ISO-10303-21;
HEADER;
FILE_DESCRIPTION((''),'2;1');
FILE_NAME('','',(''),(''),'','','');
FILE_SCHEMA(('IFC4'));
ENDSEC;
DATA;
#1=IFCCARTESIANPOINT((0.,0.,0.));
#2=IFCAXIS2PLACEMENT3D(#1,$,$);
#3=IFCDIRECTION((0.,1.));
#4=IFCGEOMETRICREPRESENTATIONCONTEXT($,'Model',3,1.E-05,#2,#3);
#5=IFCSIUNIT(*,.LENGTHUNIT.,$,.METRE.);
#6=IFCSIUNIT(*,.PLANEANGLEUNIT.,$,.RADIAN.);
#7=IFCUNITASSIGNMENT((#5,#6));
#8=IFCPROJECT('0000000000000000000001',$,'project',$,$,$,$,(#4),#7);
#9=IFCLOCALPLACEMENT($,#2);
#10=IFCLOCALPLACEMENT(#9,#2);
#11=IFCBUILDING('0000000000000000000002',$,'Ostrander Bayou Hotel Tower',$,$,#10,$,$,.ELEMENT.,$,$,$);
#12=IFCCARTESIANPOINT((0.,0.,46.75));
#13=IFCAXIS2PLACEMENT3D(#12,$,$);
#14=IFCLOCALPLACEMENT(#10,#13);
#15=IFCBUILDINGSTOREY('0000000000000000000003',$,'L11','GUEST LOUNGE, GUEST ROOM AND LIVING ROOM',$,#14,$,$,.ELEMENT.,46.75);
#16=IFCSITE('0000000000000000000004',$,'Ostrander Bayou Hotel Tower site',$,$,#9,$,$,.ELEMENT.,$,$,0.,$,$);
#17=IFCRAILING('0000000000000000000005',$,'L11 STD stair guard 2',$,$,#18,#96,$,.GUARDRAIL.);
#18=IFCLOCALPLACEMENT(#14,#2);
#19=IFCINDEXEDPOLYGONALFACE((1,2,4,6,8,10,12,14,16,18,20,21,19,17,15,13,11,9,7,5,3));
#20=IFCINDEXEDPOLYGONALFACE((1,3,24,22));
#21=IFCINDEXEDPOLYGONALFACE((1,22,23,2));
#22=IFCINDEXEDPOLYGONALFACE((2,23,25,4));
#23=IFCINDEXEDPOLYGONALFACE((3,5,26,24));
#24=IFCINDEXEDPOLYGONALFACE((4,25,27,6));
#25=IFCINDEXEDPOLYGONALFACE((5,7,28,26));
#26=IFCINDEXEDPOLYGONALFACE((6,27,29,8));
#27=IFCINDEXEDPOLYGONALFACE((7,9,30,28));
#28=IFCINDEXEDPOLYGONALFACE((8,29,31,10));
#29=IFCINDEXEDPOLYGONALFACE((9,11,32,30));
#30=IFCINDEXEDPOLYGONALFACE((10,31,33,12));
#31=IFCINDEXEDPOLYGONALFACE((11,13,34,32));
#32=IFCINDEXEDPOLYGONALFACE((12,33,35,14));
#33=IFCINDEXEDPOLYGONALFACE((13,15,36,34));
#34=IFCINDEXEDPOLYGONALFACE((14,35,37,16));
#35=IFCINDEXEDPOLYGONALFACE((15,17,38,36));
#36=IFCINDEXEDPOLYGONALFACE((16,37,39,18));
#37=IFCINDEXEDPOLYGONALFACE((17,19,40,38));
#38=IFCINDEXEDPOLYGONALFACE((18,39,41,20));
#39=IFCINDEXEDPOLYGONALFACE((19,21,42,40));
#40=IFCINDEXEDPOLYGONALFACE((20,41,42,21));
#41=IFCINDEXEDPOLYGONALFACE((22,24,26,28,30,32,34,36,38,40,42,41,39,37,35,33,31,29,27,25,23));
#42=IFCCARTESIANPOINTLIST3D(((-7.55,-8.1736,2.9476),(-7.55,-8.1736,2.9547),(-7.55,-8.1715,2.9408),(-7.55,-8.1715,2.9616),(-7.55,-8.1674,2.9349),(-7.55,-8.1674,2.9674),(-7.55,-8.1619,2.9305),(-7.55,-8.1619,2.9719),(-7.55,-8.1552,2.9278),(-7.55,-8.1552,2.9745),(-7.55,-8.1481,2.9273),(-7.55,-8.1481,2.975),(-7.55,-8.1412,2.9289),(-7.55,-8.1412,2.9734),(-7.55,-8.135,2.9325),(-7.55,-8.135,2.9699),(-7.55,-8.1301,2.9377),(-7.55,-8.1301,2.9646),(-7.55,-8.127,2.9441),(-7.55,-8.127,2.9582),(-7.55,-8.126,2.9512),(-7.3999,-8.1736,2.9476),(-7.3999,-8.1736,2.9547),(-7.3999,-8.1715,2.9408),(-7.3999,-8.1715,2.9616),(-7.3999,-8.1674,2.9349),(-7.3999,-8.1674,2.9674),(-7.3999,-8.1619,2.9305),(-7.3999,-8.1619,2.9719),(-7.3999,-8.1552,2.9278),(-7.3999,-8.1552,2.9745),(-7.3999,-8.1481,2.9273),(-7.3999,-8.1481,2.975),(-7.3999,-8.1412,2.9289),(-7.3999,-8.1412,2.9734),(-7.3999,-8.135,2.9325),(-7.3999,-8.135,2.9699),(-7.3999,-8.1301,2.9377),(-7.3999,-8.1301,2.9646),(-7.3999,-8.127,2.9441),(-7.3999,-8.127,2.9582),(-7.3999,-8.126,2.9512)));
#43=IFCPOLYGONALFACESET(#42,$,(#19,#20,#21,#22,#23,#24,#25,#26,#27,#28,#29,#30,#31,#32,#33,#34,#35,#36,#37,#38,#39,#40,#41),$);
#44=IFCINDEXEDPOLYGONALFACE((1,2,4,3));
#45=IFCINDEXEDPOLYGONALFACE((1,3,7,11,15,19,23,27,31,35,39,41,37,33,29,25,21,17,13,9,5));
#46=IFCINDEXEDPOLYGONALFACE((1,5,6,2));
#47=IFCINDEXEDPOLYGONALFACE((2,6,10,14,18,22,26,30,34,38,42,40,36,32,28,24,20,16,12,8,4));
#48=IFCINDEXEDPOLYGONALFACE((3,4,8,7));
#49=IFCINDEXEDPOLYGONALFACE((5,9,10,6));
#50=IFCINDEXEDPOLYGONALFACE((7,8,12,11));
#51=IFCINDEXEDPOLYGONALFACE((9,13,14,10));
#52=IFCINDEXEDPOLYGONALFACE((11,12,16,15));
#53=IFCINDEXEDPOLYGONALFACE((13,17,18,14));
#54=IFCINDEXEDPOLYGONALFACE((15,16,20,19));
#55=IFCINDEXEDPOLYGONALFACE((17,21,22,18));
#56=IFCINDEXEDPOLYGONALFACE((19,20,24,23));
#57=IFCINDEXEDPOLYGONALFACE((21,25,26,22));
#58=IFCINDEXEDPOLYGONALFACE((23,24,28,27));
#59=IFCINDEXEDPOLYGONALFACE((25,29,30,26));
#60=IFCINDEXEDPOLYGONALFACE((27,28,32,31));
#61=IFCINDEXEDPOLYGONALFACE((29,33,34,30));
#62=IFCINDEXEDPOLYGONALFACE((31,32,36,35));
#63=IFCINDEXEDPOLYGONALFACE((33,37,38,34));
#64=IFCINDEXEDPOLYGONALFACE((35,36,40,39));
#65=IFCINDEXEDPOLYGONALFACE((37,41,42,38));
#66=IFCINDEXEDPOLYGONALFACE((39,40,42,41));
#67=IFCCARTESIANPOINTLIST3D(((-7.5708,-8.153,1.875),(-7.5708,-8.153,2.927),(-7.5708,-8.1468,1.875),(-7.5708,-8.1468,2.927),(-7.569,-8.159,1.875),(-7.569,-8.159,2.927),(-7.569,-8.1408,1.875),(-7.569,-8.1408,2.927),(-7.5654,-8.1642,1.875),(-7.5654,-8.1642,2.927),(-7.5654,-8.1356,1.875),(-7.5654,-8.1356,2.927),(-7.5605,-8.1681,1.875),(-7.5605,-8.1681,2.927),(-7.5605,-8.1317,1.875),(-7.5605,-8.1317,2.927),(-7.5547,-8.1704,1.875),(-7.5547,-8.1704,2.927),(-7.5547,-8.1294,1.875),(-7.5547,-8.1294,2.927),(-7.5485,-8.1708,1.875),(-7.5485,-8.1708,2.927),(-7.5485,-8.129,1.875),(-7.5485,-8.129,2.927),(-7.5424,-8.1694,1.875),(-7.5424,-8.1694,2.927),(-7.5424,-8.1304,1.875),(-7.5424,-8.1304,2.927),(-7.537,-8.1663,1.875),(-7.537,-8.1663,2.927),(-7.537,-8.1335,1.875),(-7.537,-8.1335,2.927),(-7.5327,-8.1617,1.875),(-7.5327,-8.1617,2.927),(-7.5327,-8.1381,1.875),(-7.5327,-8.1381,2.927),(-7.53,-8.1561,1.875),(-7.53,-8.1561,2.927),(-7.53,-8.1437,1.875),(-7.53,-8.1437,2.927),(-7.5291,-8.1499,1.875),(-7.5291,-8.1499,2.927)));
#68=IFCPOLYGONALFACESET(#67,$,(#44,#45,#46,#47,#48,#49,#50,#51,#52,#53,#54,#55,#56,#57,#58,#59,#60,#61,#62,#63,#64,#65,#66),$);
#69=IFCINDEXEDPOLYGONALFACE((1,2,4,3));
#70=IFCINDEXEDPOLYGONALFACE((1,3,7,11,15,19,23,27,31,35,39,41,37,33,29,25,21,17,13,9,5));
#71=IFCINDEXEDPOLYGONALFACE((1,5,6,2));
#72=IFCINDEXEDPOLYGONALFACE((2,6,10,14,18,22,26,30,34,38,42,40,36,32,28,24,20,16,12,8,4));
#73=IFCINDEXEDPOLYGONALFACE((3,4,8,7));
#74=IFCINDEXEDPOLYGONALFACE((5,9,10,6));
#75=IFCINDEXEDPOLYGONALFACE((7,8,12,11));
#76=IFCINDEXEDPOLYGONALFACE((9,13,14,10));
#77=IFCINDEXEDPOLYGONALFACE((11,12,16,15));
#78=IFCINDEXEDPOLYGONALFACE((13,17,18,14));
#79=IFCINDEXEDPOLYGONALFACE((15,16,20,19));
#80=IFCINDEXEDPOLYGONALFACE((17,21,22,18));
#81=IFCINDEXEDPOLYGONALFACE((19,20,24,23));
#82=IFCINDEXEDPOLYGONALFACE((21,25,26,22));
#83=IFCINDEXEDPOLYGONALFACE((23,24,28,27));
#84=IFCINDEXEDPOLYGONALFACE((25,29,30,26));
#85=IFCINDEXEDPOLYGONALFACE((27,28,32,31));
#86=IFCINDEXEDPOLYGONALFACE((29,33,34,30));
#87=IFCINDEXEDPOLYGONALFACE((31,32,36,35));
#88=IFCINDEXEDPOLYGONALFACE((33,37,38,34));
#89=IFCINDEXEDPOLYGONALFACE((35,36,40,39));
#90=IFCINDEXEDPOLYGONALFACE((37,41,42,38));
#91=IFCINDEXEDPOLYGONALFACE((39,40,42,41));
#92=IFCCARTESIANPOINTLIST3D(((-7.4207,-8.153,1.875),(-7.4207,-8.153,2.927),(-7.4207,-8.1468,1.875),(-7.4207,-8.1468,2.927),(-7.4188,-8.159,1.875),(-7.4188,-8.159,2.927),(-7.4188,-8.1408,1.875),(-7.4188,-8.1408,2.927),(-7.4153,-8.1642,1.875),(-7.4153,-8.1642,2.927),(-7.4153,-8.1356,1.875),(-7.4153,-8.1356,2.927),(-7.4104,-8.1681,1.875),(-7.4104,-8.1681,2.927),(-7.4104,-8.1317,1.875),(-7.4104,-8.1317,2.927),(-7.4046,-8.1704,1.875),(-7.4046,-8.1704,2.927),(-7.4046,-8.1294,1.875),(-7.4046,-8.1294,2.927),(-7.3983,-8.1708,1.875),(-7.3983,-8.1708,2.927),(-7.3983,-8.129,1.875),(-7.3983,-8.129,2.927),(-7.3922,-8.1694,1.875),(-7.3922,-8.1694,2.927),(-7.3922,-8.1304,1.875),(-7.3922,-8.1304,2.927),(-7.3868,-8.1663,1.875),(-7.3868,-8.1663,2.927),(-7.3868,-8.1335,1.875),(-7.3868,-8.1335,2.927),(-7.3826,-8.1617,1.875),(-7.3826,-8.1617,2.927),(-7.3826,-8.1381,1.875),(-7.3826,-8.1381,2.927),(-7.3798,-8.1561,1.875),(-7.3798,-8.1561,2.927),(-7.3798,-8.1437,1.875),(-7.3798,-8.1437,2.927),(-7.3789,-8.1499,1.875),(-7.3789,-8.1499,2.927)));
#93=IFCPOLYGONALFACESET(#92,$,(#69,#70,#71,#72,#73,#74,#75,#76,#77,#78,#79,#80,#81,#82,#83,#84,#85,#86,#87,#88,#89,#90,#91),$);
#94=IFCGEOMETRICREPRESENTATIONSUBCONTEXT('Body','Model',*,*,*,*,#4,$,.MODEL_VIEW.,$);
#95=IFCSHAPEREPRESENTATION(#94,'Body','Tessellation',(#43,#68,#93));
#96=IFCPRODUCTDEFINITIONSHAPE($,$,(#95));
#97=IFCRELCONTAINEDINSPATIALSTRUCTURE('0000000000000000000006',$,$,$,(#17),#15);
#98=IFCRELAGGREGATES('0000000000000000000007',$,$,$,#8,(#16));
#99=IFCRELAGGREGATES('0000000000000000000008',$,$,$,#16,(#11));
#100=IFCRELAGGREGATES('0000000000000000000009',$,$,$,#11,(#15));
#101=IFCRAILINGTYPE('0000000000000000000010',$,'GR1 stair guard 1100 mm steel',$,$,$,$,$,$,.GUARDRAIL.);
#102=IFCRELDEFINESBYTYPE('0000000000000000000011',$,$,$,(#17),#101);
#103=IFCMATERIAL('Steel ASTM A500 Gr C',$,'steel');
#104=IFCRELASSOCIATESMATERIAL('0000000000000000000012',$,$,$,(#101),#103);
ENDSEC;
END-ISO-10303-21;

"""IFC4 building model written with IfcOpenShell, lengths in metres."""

from ifc_helpers import new_model, si_unit, direction, frame, origin, origin_2d, place, context, subcontext, project, spatial, circle, extrude, material, type_object, element, save


model = new_model("IFC4")

# Units and contexts
model_context = context("Model", 3, precision=1e-05, world=origin(), true_north=direction((0.0, 1.0)))
body_context = subcontext(model_context, "Body", "Model", "MODEL_VIEW")
ifc_project = project(units=[si_unit("LENGTHUNIT", "METRE"), si_unit("PLANEANGLEUNIT", "RADIAN")], contexts=[model_context])

# Site, building, storey
site_placement = place(None, origin())
site = spatial("IfcSite", under=ifc_project, at=site_placement, Name="Ostrander Bayou Hotel Tower site", CompositionType="ELEMENT", RefElevation=0.0)
building_placement = place(site_placement, origin())
building = spatial("IfcBuilding", under=site, at=building_placement, Name="Ostrander Bayou Hotel Tower", CompositionType="ELEMENT")
storey_placement = place(building_placement, frame((0.0, 0.0, 46.75)))
storey = spatial("IfcBuildingStorey", under=building, at=storey_placement, Name="L11", Description="GUEST LOUNGE, GUEST ROOM AND LIVING ROOM", CompositionType="ELEMENT", Elevation=46.75)

# Railing
ifc_material_1 = material(Name="Steel ASTM A500 Gr C", Category="steel")
railing_type_1 = type_object("IfcRailingType", Name="GR1 stair guard 1100 mm steel", PredefinedType="GUARDRAIL", material=ifc_material_1)
railing_1_placement = place(storey_placement, frame((-7.55, -8.1499, 1.875)))
element("IfcRailing", 1, at=railing_1_placement, inside=storey, type_object=railing_type_1, Name="L11 STD stair guard 2", PredefinedType="GUARDRAIL", context=body_context, shape_type="SweptSolid", body=[
    extrude(circle(Radius=0.0239, at=origin_2d()), frame((0.0, 0.0, 1.0762), z_axis=(1.0, 0.0, 0.0), x_axis=(0.0, 1.0, 0.0)), (0.0, 0.0, 1.0), 0.1501),
    extrude(circle(Radius=0.021, at=origin_2d()), origin(), (0.0, 0.0, 1.0), 1.052),
    extrude(circle(Radius=0.021, at=origin_2d()), frame((0.1501, 0.0, 0.0)), (0.0, 0.0, 1.0), 1.052),
])

save(model, "model.ifc")
